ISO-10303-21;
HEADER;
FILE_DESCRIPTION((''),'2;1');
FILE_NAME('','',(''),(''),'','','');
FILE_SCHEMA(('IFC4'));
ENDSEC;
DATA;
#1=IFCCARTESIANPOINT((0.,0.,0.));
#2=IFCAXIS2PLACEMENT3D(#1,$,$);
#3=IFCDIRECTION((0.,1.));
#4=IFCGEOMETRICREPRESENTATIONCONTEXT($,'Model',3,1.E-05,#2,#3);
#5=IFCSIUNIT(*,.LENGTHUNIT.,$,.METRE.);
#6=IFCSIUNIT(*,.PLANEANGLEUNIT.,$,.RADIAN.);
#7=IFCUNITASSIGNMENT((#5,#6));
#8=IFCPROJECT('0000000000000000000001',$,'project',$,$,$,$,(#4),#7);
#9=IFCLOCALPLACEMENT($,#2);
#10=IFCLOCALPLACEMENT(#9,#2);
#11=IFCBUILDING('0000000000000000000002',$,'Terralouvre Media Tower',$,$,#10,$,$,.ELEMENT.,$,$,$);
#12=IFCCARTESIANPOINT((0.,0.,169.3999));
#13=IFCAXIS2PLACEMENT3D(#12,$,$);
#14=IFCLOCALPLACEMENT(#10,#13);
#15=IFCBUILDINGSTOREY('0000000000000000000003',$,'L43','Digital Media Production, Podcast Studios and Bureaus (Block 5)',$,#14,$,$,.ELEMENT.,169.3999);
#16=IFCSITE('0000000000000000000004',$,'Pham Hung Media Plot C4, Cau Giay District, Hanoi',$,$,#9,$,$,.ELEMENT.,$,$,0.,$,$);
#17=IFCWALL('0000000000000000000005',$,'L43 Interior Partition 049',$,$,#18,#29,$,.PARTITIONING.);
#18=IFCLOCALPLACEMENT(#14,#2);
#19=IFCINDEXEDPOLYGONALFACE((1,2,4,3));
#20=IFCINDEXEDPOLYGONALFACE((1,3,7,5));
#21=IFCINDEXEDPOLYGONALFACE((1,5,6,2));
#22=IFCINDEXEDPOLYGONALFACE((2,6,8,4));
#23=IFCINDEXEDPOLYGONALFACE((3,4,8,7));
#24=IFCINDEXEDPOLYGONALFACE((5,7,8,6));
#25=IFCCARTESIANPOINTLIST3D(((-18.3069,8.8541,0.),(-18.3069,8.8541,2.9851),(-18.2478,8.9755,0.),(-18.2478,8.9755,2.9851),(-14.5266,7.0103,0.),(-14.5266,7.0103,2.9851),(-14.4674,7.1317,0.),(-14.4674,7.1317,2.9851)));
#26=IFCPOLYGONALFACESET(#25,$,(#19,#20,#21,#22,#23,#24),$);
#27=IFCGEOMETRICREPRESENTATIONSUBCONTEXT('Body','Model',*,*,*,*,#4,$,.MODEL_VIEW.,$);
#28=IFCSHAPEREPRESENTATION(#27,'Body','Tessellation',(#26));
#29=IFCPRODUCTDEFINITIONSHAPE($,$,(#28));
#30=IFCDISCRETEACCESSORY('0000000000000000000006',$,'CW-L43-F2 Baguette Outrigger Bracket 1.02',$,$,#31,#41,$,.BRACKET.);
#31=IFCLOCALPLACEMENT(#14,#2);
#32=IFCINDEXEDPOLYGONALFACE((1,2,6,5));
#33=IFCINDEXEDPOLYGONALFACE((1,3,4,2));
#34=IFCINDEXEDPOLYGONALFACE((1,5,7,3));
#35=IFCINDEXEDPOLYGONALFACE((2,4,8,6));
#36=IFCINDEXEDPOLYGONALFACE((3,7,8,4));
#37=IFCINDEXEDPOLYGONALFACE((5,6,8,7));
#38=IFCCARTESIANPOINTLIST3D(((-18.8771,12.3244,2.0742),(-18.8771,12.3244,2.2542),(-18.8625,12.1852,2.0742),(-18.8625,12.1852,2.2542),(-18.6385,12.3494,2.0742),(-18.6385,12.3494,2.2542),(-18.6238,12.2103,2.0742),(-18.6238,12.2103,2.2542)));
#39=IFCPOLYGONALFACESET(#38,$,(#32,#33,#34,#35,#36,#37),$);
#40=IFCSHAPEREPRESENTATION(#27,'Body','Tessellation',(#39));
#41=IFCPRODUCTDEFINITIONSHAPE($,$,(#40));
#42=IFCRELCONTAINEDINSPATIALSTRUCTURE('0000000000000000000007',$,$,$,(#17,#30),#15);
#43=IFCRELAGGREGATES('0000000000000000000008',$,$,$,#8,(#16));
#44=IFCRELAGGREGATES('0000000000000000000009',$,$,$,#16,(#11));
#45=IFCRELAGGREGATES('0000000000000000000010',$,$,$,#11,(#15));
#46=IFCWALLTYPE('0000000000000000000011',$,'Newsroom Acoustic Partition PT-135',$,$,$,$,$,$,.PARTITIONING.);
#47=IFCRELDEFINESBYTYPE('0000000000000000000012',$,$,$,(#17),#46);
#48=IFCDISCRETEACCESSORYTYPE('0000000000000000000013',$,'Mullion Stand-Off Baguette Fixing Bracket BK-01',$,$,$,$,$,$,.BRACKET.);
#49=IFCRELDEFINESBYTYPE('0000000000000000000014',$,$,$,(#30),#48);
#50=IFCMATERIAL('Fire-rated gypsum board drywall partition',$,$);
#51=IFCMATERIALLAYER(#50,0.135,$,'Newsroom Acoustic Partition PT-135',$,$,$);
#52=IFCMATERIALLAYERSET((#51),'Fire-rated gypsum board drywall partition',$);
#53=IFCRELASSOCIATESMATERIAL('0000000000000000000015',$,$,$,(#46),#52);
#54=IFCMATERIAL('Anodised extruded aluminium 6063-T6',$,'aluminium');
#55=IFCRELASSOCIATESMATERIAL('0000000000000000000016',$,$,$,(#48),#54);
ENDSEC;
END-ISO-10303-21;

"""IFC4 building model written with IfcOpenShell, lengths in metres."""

from ifc_helpers import new_model, si_unit, direction, frame, frame_2d, origin, origin_2d, place, context, subcontext, project, spatial, rectangle, extrude, material, layer, layer_set, type_object, element, save


model = new_model("IFC4")

# Units and contexts
model_context = context("Model", 3, precision=1e-05, world=origin(), true_north=direction((0.0, 1.0)))
body_context = subcontext(model_context, "Body", "Model", "MODEL_VIEW")
ifc_project = project(units=[si_unit("LENGTHUNIT", "METRE"), si_unit("PLANEANGLEUNIT", "RADIAN")], contexts=[model_context])

# Site, building, storey
site_placement = place(None, origin())
site = spatial("IfcSite", under=ifc_project, at=site_placement, Name="Pham Hung Media Plot C4, Cau Giay District, Hanoi", CompositionType="ELEMENT", RefElevation=0.0)
building_placement = place(site_placement, origin())
building = spatial("IfcBuilding", under=site, at=building_placement, Name="Terralouvre Media Tower", CompositionType="ELEMENT")
storey_placement = place(building_placement, frame((0.0, 0.0, 169.3999)))
storey = spatial("IfcBuildingStorey", under=building, at=storey_placement, Name="L43", Description="Digital Media Production, Podcast Studios and Bureaus (Block 5)", CompositionType="ELEMENT", Elevation=169.3999)

# Shared definitions
ifc_material_1 = material(Name="Fire-rated gypsum board drywall partition")
ifc_layer_1 = layer(ifc_material_1, 0.135, Name="Newsroom Acoustic Partition PT-135")
ifc_layer_set_1 = layer_set([ifc_layer_1], Name="Fire-rated gypsum board drywall partition")
wall_type_1 = type_object("IfcWallType", Name="Newsroom Acoustic Partition PT-135", PredefinedType="PARTITIONING", material=ifc_layer_set_1)

# Wall
wall_1_placement = place(storey_placement, frame((-18.2773, 8.9148, 0.0), z_axis=(0.0, 0.0, 1.0), x_axis=(0.898795, -0.438369, 0.0)))
element("IfcWall", 1, at=wall_1_placement, inside=storey, type_object=wall_type_1, Name="L43 Interior Partition 049", PredefinedType="PARTITIONING", context=body_context, shape_type="SweptSolid", body=[
    extrude(rectangle(XDim=4.2061, YDim=0.135, at=frame_2d((2.103, 0.0))), origin(), (0.0, 0.0, 1.0), 2.9851),
])

# Discrete accessory
ifc_material_2 = material(Name="Anodised extruded aluminium 6063-T6", Category="aluminium")
discrete_accessory_type = type_object("IfcDiscreteAccessoryType", Name="Mullion Stand-Off Baguette Fixing Bracket BK-01", PredefinedType="BRACKET", material=ifc_material_2)
discrete_accessory_placement = place(storey_placement, frame((-18.7505, 12.2673, 2.0742), z_axis=(0.0, 0.0, 1.0), x_axis=(0.104528, -0.994522, 0.0)))
element("IfcDiscreteAccessory", 2, at=discrete_accessory_placement, inside=storey, type_object=discrete_accessory_type, Name="CW-L43-F2 Baguette Outrigger Bracket 1.02", PredefinedType="BRACKET", context=body_context, shape_type="SweptSolid", body=[
    extrude(rectangle(XDim=0.1399, YDim=0.24, at=origin_2d()), origin(), (0.0, 0.0, 1.0), 0.1799),
])

save(model, "model.ifc")
